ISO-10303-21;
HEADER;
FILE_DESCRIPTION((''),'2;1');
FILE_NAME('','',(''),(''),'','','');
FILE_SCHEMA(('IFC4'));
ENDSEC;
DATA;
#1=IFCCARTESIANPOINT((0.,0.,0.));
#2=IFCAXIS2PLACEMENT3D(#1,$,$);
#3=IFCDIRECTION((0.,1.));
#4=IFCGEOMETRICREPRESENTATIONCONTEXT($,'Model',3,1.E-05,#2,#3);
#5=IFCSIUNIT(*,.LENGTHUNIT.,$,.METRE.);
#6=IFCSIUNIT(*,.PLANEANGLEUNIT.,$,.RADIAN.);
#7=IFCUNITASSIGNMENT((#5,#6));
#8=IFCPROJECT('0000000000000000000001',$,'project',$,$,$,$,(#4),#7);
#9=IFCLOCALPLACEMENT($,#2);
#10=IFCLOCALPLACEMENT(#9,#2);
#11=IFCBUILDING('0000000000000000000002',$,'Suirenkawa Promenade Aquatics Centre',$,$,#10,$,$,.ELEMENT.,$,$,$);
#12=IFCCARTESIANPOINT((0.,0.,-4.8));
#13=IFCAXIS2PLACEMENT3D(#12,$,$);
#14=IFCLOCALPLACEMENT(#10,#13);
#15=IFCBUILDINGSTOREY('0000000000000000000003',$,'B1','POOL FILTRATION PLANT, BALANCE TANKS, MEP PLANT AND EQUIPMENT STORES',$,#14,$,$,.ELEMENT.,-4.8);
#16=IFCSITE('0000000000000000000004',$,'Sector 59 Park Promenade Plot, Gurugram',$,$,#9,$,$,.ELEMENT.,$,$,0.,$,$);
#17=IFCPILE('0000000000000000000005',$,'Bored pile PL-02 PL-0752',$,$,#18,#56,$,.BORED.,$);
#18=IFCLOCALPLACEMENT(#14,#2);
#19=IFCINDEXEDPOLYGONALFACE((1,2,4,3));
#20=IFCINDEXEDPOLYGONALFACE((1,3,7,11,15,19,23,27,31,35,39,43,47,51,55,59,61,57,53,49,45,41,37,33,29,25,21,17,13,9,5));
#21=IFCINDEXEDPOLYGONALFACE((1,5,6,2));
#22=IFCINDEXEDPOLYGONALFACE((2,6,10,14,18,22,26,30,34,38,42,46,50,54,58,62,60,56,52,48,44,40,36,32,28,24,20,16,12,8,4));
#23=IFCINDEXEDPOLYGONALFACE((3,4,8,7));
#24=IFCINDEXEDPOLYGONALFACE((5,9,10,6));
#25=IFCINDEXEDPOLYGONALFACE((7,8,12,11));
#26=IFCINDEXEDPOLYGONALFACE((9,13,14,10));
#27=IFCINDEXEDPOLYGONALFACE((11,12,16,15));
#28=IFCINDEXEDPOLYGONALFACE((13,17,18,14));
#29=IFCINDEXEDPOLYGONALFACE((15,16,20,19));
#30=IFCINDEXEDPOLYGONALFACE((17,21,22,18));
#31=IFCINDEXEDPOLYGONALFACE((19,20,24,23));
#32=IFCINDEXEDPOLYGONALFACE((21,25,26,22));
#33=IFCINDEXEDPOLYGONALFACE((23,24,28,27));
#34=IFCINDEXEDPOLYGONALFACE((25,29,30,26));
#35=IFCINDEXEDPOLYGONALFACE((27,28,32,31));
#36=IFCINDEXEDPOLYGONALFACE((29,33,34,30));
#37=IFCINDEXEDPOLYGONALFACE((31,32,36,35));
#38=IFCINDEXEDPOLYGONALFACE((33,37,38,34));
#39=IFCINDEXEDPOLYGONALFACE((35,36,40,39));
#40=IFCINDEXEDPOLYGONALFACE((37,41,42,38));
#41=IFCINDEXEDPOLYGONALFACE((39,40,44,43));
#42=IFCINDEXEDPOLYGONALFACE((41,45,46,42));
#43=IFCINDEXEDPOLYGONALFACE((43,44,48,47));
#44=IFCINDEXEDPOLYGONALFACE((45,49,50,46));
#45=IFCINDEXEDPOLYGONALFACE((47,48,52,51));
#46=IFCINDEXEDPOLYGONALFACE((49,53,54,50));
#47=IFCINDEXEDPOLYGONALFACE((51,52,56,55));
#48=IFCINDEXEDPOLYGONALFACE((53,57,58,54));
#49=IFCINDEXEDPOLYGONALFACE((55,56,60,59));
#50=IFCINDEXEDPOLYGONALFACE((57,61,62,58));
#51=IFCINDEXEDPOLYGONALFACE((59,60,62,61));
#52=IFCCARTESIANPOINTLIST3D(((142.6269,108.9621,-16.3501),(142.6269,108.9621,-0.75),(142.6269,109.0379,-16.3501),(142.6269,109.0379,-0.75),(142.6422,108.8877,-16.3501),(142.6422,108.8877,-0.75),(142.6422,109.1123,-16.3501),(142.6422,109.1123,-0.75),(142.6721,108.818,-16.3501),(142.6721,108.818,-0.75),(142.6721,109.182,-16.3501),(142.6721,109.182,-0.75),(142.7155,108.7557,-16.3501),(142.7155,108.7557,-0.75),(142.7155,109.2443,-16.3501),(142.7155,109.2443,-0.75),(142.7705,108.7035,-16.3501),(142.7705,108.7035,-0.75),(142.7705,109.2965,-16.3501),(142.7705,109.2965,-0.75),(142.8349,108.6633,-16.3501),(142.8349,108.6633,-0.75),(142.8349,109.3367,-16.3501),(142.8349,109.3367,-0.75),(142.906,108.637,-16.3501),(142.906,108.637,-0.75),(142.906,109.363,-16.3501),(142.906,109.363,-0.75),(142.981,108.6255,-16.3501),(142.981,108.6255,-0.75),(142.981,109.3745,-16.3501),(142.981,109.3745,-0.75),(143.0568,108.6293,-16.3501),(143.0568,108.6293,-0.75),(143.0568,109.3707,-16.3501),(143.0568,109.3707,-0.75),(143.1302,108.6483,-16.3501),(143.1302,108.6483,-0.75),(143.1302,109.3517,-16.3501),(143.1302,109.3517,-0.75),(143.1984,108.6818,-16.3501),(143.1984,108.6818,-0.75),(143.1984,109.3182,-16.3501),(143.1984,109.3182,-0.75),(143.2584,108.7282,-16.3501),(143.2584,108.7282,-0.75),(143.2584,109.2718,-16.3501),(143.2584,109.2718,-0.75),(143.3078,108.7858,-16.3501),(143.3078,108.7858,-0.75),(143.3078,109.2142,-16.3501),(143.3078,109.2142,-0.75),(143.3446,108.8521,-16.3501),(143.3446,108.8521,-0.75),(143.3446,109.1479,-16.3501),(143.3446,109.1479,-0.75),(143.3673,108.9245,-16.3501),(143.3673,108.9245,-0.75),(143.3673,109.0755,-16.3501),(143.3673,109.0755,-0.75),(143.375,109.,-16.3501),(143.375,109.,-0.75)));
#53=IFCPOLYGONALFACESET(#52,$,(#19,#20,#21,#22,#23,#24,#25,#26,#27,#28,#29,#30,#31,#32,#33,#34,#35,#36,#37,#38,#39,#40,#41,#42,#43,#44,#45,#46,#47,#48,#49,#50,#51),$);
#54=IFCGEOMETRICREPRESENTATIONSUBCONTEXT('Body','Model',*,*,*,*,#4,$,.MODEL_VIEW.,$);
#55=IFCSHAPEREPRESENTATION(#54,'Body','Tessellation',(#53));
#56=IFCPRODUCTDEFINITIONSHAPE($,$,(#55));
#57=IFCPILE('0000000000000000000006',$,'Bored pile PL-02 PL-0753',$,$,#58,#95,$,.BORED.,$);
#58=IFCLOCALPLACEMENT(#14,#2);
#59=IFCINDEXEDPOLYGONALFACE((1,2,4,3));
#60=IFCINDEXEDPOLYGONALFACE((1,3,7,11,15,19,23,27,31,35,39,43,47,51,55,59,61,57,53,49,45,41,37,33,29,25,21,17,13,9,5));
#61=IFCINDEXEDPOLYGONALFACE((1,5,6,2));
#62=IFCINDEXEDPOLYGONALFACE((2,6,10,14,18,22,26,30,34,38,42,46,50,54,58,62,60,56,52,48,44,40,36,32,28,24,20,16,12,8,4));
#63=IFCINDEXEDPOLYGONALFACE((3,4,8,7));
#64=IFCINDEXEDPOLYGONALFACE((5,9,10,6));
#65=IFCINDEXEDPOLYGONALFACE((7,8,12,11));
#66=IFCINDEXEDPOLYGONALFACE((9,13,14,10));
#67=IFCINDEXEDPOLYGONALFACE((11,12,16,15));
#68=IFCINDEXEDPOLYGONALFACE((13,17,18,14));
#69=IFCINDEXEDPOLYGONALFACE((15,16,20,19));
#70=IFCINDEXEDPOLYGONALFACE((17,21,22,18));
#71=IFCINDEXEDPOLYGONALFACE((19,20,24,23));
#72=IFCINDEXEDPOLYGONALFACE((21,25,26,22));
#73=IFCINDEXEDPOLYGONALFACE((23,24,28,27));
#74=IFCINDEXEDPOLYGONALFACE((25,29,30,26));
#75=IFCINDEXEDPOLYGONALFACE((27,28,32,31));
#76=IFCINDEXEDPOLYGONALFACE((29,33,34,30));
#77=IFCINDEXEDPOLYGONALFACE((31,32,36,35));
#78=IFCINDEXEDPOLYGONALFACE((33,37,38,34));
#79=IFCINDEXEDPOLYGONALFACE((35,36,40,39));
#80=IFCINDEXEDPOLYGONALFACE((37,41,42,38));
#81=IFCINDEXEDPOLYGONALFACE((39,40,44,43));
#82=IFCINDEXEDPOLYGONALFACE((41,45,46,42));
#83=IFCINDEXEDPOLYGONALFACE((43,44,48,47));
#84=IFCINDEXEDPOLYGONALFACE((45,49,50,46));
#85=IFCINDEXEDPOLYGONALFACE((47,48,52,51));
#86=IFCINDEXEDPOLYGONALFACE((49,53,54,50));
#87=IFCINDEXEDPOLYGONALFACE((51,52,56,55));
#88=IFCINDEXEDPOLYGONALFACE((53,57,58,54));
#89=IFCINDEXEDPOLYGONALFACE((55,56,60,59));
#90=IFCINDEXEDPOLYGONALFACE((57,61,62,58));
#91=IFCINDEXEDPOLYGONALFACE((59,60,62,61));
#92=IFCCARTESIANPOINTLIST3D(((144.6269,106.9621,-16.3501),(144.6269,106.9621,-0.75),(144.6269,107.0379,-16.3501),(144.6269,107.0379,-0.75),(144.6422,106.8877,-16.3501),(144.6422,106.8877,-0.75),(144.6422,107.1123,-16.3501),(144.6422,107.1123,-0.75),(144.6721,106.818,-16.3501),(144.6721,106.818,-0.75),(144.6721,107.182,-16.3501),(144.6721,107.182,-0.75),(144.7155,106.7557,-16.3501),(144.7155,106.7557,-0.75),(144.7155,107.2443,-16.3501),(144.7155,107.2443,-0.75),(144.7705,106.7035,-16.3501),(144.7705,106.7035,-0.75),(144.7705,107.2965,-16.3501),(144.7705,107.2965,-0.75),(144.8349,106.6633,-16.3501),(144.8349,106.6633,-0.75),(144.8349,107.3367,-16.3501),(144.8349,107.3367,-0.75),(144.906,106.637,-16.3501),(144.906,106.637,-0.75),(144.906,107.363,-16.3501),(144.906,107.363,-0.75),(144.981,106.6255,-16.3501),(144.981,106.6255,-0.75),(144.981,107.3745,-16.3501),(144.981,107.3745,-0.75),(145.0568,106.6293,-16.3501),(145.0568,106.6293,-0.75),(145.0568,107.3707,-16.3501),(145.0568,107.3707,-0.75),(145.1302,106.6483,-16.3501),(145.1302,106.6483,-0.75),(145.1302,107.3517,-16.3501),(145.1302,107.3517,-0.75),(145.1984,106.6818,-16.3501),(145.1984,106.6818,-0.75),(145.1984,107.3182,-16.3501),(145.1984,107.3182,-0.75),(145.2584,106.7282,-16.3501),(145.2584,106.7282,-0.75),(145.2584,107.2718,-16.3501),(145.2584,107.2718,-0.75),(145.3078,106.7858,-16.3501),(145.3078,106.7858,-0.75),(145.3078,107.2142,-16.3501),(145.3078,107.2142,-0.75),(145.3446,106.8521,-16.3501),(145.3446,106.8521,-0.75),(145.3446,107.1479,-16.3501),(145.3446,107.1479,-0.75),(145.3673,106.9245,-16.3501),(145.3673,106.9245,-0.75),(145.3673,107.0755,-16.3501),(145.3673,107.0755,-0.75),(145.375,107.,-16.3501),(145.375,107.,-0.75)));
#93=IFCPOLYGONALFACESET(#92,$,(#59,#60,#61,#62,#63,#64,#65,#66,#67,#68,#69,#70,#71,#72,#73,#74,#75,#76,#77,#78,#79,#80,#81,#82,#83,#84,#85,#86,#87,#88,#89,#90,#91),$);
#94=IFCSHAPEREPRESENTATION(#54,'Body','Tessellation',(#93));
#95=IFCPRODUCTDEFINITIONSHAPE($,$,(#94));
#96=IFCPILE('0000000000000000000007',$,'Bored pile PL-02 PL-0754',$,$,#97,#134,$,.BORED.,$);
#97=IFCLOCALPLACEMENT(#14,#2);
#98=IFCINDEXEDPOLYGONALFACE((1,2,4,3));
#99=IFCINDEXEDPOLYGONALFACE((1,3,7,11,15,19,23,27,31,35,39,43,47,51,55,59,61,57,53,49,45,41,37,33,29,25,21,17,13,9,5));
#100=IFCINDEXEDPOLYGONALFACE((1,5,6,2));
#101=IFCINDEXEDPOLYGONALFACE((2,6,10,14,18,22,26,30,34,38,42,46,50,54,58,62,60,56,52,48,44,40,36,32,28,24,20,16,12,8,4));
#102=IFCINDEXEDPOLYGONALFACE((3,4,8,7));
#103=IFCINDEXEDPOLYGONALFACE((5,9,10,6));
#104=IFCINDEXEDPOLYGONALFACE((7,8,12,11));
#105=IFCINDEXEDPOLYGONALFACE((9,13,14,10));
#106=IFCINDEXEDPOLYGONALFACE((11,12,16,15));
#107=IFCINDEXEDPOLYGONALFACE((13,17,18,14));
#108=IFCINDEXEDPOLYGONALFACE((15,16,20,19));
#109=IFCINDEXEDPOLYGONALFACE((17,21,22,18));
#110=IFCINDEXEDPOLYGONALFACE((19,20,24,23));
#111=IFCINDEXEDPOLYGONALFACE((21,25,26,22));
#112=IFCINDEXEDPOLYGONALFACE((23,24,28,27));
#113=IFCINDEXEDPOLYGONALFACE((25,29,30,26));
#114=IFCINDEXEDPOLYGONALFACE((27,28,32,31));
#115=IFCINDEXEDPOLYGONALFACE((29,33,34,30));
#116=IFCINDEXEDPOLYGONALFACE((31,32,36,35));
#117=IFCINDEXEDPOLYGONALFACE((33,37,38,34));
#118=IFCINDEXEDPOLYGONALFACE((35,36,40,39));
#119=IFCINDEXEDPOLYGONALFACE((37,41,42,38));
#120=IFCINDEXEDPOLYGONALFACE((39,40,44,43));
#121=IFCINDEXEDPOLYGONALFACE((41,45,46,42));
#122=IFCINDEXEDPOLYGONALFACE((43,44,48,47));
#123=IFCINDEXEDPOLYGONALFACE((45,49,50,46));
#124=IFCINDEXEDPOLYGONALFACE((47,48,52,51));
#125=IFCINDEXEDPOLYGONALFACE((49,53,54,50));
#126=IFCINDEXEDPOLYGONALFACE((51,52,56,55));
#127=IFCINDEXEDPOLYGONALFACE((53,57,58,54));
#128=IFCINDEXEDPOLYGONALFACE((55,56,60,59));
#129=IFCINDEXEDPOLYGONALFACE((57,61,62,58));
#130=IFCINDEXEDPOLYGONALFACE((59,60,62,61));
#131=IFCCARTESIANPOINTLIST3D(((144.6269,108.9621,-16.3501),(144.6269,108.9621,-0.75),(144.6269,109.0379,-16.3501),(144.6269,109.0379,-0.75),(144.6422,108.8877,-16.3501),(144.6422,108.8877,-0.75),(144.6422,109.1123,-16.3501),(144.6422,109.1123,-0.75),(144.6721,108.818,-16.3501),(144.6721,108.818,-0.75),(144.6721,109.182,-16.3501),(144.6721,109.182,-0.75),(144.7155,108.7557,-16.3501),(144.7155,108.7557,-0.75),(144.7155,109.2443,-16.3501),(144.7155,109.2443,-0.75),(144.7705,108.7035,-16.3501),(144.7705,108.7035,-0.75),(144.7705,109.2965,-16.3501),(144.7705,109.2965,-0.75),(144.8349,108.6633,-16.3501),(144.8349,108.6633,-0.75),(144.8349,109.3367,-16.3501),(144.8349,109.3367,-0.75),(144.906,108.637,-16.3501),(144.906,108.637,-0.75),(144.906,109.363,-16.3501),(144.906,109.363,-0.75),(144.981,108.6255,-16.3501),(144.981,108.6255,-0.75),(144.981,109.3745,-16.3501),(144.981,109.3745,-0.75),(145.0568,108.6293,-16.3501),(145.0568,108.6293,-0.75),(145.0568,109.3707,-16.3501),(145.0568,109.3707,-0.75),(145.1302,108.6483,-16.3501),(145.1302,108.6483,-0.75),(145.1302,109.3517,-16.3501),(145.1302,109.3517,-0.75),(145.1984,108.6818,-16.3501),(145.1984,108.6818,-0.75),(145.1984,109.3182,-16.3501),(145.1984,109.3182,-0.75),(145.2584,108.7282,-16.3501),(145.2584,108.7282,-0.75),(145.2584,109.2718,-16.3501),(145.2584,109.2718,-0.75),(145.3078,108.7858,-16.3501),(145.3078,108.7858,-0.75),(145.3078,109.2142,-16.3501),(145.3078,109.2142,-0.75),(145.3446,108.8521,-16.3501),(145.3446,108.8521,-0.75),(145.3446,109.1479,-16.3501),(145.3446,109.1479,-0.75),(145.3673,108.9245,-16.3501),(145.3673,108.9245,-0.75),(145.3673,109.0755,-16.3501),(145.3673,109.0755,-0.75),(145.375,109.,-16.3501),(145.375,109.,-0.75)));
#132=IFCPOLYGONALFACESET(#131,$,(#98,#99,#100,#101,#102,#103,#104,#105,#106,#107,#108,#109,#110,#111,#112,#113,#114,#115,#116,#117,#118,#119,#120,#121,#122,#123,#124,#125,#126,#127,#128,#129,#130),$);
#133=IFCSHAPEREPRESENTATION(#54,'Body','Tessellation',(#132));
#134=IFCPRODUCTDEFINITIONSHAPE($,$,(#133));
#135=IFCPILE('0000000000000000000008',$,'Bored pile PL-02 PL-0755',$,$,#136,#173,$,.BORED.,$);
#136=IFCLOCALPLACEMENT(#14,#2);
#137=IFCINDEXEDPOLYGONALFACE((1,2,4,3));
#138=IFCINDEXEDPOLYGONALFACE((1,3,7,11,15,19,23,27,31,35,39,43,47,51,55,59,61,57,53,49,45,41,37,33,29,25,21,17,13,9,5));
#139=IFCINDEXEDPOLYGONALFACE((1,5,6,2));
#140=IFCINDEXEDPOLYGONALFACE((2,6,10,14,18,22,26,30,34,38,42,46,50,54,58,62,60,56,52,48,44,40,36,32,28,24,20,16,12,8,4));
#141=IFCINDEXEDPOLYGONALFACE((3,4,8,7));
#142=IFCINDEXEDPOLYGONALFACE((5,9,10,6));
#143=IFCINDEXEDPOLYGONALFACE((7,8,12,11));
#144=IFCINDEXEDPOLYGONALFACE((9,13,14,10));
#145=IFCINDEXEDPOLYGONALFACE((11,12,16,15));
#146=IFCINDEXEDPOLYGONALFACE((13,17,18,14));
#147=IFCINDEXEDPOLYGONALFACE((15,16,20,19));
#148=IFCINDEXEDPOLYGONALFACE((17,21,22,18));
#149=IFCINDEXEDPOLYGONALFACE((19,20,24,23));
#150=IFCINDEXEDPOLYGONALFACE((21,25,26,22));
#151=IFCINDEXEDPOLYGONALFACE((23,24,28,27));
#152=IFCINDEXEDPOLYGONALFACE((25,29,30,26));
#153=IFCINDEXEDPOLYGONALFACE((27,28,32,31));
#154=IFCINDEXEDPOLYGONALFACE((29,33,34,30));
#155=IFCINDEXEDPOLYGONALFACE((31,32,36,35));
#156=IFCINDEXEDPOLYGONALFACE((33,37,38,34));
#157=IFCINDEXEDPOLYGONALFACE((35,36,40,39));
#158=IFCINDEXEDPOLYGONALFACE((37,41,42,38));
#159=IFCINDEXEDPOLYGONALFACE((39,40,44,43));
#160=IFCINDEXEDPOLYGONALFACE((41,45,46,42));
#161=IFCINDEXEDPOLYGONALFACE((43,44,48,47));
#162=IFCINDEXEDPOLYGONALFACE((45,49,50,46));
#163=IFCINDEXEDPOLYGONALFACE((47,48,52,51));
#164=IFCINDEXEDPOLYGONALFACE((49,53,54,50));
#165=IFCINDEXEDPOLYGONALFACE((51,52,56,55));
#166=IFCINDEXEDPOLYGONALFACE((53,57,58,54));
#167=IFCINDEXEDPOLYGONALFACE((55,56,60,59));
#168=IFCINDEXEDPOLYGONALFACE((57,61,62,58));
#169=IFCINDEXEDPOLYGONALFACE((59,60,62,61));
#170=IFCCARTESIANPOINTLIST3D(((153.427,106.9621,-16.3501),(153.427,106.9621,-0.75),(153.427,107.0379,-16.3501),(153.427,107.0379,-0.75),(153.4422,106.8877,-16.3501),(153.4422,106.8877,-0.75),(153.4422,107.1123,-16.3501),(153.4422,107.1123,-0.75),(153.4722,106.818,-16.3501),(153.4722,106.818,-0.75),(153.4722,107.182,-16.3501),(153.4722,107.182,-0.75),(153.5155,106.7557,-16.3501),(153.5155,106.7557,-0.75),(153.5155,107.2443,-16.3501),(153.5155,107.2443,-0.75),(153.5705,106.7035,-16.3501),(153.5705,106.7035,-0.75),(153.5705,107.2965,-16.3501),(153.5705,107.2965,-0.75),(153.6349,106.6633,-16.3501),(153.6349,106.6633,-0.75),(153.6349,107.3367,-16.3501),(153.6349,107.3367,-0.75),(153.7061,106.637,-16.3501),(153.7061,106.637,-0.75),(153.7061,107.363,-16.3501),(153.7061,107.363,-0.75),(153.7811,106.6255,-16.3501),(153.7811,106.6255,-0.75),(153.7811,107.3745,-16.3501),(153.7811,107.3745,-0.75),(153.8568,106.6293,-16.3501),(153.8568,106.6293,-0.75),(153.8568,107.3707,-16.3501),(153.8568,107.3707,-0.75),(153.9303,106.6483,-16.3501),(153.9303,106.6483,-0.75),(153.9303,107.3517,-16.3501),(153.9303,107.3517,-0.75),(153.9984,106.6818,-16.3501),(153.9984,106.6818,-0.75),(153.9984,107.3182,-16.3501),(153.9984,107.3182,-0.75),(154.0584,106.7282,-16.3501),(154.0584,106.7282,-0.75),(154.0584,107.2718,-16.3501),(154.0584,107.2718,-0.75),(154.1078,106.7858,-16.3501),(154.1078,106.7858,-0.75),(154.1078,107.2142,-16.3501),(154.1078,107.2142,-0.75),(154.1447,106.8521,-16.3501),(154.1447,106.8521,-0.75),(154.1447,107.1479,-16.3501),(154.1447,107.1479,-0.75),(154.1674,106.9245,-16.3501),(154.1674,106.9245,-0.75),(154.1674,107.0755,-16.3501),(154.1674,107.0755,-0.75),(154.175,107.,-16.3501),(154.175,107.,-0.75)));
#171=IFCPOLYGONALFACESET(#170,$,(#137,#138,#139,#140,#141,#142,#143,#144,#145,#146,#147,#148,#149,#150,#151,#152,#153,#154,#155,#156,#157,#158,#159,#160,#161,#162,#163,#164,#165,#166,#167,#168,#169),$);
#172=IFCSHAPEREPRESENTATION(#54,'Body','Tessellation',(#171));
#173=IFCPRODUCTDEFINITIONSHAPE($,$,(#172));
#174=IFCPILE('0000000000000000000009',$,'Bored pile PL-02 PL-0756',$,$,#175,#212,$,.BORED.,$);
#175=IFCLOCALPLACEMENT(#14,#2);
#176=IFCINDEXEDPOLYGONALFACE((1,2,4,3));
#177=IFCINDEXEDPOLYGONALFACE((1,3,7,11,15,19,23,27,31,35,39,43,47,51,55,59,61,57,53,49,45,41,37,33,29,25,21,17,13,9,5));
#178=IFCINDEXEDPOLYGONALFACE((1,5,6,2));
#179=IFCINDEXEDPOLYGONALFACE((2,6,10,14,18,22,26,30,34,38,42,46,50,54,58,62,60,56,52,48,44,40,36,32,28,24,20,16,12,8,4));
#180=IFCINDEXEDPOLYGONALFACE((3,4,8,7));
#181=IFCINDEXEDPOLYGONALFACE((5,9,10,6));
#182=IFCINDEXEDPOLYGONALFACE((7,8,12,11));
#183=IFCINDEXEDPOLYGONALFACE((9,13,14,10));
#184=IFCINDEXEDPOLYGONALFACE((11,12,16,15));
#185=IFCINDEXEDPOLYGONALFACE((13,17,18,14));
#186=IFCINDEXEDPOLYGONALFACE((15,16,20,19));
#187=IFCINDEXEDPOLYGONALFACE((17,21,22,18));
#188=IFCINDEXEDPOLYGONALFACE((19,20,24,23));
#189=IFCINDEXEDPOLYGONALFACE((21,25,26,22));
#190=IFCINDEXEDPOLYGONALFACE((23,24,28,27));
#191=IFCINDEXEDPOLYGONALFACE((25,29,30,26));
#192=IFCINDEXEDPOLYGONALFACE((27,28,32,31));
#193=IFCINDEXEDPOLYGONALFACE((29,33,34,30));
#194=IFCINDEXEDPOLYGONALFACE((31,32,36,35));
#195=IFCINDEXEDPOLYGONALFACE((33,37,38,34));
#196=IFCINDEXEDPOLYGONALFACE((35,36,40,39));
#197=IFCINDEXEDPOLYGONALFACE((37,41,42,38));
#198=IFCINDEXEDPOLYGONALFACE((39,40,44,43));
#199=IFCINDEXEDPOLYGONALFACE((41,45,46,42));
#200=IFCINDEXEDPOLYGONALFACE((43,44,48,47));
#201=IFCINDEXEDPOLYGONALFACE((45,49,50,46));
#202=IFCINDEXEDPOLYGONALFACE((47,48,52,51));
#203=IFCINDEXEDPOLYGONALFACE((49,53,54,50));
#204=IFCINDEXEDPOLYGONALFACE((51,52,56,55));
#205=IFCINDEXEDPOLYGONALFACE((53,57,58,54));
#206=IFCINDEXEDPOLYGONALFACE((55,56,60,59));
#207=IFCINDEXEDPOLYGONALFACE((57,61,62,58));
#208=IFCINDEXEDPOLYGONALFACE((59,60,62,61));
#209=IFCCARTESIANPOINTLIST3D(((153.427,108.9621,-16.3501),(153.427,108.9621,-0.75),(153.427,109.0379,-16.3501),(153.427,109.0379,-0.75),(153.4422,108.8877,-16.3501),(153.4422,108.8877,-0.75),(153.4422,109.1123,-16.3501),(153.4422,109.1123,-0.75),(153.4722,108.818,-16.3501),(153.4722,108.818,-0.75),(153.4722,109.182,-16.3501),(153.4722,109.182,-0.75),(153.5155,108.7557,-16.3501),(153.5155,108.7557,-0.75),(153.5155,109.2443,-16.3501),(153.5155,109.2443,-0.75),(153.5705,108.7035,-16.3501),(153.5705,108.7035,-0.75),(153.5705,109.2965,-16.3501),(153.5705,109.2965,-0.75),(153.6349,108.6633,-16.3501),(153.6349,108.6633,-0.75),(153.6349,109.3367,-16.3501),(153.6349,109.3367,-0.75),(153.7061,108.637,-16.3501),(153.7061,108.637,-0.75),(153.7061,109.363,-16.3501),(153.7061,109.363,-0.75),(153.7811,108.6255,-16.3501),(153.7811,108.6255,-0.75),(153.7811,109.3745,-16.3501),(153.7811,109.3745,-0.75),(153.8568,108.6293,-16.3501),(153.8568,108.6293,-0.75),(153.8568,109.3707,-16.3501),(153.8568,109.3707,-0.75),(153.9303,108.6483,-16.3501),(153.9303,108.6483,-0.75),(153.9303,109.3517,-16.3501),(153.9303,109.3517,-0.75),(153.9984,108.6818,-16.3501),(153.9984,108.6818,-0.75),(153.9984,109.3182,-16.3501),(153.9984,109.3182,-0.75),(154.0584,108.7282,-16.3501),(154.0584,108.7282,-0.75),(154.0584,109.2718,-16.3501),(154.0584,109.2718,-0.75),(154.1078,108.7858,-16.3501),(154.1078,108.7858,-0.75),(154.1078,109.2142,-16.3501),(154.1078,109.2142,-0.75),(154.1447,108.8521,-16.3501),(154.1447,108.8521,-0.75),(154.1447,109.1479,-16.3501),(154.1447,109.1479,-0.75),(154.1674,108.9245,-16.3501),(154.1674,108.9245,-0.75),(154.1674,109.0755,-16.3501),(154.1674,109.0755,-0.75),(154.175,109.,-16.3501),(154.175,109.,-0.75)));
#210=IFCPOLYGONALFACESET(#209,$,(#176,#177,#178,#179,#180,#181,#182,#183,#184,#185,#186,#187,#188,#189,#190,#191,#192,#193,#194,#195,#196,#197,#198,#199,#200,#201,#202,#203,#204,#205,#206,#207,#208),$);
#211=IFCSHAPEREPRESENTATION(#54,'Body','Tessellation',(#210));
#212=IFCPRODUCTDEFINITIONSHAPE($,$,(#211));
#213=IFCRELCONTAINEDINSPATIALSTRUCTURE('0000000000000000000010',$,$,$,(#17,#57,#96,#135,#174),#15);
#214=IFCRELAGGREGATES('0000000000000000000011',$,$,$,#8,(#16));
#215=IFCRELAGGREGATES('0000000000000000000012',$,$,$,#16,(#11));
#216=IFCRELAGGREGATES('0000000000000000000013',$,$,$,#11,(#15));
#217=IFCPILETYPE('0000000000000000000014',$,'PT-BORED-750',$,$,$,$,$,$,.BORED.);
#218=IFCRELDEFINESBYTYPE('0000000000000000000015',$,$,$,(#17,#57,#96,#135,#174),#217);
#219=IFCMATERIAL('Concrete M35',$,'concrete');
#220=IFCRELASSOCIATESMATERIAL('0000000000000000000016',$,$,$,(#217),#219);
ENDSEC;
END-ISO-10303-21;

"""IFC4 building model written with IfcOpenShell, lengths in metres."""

from ifc_helpers import new_model, si_unit, direction, frame, origin, origin_2d, place, context, subcontext, project, spatial, circle, extrude, material, material_profile, profile_set, type_object, element, save


model = new_model("IFC4")

# Units and contexts
model_context = context("Model", 3, precision=1e-05, world=origin(), true_north=direction((0.0, 1.0)))
body_context = subcontext(model_context, "Body", "Model", "MODEL_VIEW")
ifc_project = project(units=[si_unit("LENGTHUNIT", "METRE"), si_unit("PLANEANGLEUNIT", "RADIAN")], contexts=[model_context])

# Site, building, storey
site_placement = place(None, origin())
site = spatial("IfcSite", under=ifc_project, at=site_placement, Name="Sector 59 Park Promenade Plot, Gurugram", CompositionType="ELEMENT", RefElevation=0.0)
building_placement = place(site_placement, origin())
building = spatial("IfcBuilding", under=site, at=building_placement, Name="Suirenkawa Promenade Aquatics Centre", CompositionType="ELEMENT")
storey_placement = place(building_placement, frame((0.0, 0.0, -4.8)))
storey = spatial("IfcBuildingStorey", under=building, at=storey_placement, Name="B1", Description="POOL FILTRATION PLANT, BALANCE TANKS, MEP PLANT AND EQUIPMENT STORES", CompositionType="ELEMENT", Elevation=-4.8)

# Shared definitions
ifc_material_1 = material(Name="Concrete M35", Category="concrete")

# Piles
ifc_material_profile_1 = material_profile(ifc_material_1, circle(Radius=0.375, at=origin_2d()), Name="PILE D750", Category="concrete")
ifc_profile_set_1 = profile_set([ifc_material_profile_1], Name="Concrete M35")
pile_type_1 = type_object("IfcPileType", Name="PT-BORED-750", PredefinedType="BORED", material=ifc_profile_set_1)
for number, where, z_axis, x_axis, name in (
    (1, (143.0, 109.0, -0.75), (0.0, 0.0, -1.0), (1.0, 0.0, 0.0), "Bored pile PL-02 PL-0752"),
    (2, (145.0, 107.0, -0.75), (0.0, 0.0, -1.0), (1.0, 0.0, 0.0), "Bored pile PL-02 PL-0753"),
    (3, (145.0, 109.0, -0.75), (0.0, 0.0, -1.0), (1.0, 0.0, 0.0), "Bored pile PL-02 PL-0754"),
    (4, (153.8, 107.0, -0.75), (0.0, 0.0, -1.0), (1.0, 0.0, 0.0), "Bored pile PL-02 PL-0755"),
    (5, (153.8, 109.0, -0.75), (0.0, 0.0, -1.0), (1.0, 0.0, 0.0), "Bored pile PL-02 PL-0756"),
):
    element("IfcPile", number, at=place(storey_placement, frame(where, z_axis=z_axis, x_axis=x_axis)), inside=storey, type_object=pile_type_1, Name=name, PredefinedType="BORED", context=body_context, shape_type="SweptSolid", body=[
        extrude(circle(Radius=0.375, at=origin_2d()), origin(), (0.0, 0.0, 1.0), 15.6001),
    ])

save(model, "model.ifc")
